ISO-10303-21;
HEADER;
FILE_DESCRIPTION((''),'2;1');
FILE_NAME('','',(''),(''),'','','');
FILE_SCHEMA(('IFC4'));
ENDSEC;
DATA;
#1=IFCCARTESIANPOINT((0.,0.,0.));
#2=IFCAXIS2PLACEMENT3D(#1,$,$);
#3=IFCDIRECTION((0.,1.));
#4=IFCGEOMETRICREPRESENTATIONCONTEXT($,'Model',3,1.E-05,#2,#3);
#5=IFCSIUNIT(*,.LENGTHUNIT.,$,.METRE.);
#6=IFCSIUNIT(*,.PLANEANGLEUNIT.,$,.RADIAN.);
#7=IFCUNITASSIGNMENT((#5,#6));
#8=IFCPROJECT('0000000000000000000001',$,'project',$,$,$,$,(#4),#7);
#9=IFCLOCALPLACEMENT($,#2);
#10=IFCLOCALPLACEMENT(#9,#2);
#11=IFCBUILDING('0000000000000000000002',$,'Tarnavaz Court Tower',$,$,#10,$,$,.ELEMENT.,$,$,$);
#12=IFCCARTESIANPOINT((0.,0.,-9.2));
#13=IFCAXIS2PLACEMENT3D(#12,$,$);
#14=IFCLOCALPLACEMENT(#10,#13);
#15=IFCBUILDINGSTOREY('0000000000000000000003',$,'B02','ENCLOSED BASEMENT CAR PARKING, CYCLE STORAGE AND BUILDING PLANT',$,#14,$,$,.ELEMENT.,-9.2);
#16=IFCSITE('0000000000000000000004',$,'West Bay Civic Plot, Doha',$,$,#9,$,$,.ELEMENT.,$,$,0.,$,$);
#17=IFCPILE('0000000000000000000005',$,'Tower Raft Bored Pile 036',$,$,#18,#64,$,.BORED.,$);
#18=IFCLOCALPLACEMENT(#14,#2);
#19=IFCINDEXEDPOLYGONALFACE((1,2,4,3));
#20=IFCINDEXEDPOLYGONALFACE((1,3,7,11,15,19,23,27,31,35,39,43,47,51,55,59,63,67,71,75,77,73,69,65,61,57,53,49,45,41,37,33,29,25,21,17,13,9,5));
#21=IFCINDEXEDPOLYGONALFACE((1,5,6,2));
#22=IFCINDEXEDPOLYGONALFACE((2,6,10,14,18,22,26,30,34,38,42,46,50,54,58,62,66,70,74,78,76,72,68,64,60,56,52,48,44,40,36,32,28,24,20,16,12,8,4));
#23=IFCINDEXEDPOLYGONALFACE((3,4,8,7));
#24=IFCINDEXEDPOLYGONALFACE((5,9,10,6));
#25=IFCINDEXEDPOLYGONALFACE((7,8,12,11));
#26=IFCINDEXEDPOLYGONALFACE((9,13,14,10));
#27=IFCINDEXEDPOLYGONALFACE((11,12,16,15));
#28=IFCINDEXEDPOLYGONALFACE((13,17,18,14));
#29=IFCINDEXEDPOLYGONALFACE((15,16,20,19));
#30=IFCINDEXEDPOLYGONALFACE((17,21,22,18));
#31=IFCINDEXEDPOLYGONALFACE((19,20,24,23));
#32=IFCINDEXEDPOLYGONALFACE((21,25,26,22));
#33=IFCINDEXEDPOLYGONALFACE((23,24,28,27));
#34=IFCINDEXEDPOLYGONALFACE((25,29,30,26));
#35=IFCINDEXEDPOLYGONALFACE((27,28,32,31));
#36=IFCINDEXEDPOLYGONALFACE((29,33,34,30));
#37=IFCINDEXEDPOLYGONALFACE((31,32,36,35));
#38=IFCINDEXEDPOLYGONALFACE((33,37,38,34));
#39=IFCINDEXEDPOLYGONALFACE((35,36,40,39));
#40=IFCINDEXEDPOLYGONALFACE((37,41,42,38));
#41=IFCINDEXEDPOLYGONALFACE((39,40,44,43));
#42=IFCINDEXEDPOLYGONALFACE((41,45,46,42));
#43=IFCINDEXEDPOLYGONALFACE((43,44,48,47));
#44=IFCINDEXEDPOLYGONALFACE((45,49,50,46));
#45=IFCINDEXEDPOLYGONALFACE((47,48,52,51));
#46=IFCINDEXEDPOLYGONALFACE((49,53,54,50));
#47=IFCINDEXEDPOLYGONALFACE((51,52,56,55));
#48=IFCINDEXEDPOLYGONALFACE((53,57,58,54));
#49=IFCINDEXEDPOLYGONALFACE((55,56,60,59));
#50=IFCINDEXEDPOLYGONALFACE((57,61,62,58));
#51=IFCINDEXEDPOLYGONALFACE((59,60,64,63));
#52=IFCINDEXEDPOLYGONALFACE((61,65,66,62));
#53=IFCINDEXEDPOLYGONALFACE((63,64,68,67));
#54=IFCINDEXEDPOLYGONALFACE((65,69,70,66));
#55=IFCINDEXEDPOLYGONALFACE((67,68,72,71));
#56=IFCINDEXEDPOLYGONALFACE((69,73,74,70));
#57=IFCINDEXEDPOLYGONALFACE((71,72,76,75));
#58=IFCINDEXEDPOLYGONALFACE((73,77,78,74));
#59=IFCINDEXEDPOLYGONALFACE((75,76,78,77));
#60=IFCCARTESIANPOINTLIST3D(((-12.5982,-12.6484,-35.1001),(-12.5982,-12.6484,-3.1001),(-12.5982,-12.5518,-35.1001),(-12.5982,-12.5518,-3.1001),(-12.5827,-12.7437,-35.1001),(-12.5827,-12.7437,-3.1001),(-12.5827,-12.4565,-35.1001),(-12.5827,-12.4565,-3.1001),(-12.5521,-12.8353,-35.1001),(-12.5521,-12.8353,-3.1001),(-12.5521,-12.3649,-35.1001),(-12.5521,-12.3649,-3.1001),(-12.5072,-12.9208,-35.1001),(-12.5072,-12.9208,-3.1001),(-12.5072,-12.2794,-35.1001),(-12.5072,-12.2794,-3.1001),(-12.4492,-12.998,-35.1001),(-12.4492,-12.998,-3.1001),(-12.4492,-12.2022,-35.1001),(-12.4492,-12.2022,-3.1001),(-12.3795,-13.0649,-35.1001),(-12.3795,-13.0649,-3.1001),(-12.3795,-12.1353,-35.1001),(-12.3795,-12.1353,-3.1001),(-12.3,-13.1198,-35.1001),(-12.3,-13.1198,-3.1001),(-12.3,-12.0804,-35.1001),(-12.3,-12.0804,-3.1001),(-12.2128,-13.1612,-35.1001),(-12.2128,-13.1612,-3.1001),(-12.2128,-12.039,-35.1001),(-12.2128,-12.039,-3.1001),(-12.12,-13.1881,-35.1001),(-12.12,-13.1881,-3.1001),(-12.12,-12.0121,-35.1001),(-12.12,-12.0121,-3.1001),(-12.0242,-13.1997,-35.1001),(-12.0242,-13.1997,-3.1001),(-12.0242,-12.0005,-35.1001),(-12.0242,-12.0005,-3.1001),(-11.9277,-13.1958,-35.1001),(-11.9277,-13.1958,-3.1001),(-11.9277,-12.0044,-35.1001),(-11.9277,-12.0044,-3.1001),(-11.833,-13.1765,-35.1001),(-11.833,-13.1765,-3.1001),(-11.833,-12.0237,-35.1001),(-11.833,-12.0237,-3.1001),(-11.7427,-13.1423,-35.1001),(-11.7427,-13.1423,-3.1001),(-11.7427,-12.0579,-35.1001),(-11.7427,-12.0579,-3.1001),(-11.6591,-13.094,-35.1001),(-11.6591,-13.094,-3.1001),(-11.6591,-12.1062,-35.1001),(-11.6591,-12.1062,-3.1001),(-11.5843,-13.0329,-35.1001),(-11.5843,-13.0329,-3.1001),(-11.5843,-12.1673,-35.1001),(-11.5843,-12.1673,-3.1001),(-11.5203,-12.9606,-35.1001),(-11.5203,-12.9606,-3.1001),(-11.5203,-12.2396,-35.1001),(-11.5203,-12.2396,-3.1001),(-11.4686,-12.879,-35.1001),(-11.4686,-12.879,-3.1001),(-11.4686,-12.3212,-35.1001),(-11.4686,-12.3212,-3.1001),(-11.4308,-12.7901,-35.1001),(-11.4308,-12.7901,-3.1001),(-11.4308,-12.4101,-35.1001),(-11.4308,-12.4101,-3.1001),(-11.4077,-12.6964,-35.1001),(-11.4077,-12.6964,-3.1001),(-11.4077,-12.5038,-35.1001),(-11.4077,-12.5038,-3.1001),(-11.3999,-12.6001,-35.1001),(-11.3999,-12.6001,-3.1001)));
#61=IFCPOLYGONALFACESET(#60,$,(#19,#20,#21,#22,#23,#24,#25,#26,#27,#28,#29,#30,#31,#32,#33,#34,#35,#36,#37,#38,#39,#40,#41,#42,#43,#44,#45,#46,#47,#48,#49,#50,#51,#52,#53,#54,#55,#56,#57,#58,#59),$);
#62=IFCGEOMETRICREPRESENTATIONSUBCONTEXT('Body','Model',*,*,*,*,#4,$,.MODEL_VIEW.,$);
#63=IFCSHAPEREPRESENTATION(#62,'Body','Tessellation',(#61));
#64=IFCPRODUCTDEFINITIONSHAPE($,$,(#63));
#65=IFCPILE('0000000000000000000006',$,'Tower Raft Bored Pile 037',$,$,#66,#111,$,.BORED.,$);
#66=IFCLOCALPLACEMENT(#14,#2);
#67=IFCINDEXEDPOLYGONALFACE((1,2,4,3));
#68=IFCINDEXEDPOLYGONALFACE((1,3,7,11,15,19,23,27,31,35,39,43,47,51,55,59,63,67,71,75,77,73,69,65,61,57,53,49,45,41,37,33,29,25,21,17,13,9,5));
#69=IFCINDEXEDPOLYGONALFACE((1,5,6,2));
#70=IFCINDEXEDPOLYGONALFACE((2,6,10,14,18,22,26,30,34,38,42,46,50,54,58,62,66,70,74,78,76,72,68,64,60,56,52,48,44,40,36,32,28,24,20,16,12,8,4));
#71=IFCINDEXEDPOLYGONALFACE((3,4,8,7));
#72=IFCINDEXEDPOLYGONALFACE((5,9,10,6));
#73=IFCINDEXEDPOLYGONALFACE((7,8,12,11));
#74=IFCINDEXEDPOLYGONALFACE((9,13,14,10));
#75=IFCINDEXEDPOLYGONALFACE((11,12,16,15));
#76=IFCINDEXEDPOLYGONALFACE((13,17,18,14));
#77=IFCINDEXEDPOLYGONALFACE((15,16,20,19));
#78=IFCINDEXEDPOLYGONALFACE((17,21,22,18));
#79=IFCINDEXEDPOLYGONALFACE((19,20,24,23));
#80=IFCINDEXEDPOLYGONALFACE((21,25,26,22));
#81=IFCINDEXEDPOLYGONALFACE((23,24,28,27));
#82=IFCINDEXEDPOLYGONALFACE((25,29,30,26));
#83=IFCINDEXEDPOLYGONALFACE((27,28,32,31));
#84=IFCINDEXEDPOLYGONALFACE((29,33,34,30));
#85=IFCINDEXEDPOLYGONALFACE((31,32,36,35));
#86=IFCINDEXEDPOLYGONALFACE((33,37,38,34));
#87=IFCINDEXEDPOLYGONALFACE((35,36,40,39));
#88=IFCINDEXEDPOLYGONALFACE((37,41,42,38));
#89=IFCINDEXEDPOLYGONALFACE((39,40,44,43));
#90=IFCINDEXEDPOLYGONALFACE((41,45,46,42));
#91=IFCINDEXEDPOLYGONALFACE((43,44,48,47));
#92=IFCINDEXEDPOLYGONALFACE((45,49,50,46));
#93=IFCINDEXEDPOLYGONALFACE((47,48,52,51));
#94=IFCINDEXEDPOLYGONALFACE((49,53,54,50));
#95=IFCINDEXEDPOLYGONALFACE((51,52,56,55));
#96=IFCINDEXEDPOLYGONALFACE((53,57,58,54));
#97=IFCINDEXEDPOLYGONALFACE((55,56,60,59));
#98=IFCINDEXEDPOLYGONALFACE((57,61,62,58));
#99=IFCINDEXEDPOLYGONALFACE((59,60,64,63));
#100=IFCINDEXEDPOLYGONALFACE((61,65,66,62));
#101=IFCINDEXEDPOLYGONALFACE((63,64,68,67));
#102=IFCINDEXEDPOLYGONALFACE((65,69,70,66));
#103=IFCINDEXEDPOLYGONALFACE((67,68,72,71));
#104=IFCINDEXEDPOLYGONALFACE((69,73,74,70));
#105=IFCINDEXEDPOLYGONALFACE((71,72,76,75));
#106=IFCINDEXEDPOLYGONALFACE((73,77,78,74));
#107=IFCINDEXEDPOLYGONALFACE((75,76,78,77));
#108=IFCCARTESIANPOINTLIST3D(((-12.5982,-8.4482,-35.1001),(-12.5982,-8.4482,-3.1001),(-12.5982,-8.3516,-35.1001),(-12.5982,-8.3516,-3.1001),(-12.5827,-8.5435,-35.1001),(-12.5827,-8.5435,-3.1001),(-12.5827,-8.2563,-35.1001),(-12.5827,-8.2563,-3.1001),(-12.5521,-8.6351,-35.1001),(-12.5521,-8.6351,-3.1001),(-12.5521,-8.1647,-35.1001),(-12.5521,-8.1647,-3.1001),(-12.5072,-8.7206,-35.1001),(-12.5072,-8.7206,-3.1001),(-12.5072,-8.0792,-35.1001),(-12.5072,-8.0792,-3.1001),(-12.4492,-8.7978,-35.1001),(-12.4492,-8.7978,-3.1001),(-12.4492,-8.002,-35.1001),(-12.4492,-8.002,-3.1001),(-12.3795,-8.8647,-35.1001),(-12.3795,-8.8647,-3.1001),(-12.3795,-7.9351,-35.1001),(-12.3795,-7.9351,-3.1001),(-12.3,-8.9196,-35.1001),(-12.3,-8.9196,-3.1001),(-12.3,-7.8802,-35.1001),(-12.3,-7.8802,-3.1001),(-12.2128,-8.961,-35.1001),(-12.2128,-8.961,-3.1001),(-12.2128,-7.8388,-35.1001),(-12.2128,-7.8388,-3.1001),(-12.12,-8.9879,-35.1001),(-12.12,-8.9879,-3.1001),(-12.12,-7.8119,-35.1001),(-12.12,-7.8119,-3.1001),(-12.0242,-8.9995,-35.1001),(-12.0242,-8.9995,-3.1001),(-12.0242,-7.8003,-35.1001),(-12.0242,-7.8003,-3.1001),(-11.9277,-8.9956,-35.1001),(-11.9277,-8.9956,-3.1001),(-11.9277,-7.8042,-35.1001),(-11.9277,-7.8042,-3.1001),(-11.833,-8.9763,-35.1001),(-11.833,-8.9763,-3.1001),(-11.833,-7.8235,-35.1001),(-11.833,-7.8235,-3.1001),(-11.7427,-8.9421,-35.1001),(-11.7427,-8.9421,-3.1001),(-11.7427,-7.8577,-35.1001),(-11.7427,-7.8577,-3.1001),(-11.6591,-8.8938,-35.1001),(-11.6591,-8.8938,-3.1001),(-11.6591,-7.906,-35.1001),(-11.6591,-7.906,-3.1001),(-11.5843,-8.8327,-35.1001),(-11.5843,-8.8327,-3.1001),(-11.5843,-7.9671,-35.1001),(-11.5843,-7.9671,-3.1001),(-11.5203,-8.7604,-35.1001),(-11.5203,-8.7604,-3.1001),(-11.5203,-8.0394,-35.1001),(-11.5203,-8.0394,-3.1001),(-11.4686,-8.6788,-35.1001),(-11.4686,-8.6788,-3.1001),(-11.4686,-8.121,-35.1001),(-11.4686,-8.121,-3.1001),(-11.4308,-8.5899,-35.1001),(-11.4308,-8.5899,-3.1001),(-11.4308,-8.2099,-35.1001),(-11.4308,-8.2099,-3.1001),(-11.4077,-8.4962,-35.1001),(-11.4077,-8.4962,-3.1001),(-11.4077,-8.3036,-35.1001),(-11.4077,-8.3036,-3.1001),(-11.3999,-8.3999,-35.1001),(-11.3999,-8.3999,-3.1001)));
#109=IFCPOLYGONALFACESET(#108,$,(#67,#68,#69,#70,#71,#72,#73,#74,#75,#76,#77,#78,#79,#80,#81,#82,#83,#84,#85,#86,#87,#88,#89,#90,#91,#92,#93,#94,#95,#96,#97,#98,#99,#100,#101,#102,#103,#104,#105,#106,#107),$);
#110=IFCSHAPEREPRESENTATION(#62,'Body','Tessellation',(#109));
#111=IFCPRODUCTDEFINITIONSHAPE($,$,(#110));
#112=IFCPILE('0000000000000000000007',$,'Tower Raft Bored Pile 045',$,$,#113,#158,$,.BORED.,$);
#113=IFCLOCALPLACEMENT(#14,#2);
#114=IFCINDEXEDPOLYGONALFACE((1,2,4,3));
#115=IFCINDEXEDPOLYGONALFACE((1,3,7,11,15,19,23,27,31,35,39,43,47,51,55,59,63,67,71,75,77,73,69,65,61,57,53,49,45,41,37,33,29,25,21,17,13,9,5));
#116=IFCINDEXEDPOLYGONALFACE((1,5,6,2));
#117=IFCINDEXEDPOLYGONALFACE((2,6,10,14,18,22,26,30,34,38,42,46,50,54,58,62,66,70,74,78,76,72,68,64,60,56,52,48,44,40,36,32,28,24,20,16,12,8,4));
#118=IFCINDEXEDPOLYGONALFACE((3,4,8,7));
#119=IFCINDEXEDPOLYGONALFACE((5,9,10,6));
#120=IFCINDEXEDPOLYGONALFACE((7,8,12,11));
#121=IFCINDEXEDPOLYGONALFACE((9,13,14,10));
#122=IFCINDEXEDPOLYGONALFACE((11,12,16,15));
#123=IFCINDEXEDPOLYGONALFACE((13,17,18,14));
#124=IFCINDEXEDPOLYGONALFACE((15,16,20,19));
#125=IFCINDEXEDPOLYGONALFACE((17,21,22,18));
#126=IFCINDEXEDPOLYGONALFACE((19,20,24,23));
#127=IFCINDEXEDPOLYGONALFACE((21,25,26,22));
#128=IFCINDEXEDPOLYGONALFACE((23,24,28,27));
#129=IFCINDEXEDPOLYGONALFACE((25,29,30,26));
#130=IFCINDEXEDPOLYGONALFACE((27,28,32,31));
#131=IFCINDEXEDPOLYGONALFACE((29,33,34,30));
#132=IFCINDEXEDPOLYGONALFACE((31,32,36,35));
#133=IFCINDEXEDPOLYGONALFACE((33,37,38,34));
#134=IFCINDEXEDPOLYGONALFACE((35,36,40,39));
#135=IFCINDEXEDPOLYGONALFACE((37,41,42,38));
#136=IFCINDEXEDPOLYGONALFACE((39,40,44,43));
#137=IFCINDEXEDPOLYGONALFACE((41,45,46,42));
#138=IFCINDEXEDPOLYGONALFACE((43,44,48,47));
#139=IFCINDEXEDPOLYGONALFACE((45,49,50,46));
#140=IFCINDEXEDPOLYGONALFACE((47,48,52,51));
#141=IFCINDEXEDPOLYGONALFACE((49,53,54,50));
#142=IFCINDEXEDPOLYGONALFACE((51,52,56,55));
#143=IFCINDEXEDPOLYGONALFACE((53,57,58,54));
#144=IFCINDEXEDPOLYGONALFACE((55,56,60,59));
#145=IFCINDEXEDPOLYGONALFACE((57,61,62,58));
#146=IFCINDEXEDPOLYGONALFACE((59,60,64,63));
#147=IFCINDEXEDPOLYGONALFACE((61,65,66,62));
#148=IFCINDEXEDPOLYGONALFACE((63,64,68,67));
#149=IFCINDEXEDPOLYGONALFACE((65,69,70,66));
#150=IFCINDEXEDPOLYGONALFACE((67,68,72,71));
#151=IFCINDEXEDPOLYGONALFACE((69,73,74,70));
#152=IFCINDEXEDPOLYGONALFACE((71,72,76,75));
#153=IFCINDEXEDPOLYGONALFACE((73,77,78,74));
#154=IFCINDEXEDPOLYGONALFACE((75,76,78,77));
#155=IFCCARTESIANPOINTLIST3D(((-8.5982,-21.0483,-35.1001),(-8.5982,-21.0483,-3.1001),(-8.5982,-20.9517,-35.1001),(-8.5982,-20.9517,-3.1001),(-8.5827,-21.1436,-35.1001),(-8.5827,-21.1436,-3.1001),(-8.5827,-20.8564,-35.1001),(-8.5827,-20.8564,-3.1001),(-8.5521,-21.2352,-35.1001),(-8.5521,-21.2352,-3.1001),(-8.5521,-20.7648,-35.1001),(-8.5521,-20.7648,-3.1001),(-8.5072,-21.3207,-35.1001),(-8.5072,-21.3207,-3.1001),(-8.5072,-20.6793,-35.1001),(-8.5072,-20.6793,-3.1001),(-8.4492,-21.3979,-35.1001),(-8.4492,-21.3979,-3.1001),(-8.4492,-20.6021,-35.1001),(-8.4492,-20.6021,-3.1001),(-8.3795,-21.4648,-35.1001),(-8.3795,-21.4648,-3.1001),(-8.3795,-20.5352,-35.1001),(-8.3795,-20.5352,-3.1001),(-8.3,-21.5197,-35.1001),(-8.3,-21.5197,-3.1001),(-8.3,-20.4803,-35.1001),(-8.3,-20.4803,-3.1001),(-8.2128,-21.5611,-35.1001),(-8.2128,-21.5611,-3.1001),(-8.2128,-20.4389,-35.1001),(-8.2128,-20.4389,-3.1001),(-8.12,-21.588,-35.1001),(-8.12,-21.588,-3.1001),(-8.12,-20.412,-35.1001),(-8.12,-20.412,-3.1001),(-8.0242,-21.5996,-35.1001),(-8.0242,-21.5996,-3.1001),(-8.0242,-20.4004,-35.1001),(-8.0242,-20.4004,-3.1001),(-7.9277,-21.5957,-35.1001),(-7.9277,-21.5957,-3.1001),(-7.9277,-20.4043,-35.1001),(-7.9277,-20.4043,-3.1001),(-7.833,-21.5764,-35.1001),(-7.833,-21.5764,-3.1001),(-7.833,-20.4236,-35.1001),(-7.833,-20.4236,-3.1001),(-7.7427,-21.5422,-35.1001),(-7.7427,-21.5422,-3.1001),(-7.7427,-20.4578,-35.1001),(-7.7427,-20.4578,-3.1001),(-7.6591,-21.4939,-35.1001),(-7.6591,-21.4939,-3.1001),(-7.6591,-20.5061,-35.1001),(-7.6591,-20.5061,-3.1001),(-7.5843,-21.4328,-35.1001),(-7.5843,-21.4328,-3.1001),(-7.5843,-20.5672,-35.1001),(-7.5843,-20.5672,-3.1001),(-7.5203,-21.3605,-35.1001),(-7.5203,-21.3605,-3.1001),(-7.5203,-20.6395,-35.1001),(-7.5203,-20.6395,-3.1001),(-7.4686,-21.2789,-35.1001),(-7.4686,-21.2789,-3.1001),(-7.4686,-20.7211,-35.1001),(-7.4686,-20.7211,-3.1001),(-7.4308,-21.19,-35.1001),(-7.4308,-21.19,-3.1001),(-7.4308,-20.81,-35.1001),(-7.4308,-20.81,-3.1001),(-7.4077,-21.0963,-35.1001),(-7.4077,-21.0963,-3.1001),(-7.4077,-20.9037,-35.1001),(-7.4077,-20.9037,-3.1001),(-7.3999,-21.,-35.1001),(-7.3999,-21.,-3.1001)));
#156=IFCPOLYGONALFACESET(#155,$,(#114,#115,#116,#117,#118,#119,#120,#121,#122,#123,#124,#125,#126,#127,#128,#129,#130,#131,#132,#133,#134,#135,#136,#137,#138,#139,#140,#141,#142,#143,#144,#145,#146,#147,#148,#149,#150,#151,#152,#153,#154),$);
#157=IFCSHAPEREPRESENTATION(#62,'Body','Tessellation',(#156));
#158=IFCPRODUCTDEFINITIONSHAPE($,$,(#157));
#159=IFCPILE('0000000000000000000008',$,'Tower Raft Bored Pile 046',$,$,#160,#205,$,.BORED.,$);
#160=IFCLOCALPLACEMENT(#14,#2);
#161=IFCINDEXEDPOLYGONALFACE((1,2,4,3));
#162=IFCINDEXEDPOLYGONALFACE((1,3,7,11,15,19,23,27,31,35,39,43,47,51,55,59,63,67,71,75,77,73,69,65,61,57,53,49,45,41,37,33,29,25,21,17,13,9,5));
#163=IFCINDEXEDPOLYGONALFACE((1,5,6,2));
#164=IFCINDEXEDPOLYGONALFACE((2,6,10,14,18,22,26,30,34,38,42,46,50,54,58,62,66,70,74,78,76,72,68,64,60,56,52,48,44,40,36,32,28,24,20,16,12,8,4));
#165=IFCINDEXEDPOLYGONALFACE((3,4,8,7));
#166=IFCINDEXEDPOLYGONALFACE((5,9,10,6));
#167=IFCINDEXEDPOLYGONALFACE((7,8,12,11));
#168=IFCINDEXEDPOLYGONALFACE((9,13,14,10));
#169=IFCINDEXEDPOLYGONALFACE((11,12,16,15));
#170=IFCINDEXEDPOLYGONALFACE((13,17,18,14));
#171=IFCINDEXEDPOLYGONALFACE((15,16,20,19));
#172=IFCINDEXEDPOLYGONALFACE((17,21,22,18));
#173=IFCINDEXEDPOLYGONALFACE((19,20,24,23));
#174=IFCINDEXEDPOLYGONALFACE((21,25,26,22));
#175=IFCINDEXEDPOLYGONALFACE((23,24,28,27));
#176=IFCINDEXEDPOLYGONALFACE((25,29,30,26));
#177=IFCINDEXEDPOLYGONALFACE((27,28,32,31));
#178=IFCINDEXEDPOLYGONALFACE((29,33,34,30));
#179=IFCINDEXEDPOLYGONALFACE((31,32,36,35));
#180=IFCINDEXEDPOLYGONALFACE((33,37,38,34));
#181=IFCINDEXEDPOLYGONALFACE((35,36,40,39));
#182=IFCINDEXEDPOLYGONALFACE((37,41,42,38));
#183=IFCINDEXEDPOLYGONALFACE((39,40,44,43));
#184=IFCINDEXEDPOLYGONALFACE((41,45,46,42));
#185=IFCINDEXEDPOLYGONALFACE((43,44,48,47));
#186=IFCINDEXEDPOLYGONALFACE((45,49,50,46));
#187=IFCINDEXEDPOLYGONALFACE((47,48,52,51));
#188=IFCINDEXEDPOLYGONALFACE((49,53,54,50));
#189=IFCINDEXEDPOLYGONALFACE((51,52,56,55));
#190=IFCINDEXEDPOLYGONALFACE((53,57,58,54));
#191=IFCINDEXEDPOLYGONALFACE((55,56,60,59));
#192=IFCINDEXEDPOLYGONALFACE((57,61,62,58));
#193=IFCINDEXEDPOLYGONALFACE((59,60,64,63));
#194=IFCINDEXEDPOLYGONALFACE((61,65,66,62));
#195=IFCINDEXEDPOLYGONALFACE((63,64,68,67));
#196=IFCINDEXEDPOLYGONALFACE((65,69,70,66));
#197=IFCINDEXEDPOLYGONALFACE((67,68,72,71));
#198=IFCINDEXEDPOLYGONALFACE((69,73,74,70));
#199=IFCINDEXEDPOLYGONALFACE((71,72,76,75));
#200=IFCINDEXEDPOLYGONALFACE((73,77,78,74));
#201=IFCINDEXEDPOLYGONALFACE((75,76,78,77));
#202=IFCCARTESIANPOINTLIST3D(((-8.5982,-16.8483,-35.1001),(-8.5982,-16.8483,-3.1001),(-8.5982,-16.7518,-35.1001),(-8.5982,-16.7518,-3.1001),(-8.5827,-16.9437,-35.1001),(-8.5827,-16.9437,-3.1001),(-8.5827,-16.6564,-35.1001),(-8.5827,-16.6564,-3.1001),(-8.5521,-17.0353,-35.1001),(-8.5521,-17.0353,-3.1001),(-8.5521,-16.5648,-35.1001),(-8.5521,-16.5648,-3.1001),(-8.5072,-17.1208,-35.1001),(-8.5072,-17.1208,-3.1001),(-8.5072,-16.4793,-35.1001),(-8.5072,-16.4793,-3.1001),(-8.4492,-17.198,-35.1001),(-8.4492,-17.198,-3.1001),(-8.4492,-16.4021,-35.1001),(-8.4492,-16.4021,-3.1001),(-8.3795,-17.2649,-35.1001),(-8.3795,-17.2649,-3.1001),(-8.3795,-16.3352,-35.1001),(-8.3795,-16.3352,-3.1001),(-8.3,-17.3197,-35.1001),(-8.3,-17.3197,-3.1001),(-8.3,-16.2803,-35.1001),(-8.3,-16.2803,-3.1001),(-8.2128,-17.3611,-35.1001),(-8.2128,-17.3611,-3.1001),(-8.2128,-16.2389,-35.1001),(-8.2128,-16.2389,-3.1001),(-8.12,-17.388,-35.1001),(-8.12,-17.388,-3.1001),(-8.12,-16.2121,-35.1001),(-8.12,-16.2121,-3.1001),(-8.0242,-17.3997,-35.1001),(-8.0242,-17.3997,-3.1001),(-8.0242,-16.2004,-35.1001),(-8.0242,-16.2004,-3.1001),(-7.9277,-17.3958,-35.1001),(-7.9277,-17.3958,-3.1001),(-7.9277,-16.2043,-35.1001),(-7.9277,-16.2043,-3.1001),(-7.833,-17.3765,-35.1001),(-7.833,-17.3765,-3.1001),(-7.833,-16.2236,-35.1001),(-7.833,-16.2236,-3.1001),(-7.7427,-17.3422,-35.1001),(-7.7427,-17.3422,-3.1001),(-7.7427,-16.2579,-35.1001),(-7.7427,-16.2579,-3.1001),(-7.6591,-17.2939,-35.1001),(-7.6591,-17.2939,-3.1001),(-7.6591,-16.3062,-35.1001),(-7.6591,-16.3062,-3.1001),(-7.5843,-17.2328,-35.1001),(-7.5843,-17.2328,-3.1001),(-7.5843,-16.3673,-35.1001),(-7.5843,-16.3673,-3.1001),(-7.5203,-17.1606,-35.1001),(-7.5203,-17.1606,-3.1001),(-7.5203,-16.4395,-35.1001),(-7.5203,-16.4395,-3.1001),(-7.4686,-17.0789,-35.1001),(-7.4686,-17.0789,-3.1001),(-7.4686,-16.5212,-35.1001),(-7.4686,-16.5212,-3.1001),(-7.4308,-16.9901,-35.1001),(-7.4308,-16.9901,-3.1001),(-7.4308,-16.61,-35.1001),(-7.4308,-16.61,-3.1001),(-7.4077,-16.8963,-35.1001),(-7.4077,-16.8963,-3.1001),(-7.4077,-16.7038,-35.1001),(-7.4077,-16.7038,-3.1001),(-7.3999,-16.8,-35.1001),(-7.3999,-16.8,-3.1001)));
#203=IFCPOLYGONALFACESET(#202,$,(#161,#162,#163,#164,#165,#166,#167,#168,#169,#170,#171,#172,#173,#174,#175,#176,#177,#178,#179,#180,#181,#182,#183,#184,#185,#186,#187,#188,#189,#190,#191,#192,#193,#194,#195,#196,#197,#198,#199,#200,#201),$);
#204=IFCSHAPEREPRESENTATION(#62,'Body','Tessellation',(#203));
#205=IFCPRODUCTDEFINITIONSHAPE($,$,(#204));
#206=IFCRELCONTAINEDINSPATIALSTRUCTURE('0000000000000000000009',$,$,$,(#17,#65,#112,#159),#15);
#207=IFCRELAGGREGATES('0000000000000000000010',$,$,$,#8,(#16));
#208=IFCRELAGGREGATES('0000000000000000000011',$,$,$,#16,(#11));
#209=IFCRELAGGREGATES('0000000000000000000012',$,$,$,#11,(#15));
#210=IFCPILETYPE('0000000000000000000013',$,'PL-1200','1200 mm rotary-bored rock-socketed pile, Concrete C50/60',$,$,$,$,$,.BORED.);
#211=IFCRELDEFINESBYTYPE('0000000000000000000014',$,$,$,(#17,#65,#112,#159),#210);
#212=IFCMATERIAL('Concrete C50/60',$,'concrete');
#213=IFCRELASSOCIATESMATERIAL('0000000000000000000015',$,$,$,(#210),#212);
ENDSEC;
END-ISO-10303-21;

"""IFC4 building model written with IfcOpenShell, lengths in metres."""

from ifc_helpers import new_model, si_unit, direction, frame, origin, origin_2d, place, context, subcontext, project, spatial, circle, extrude, material, material_profile, profile_set, type_object, element, save


model = new_model("IFC4")

# Units and contexts
model_context = context("Model", 3, precision=1e-05, world=origin(), true_north=direction((0.0, 1.0)))
body_context = subcontext(model_context, "Body", "Model", "MODEL_VIEW")
ifc_project = project(units=[si_unit("LENGTHUNIT", "METRE"), si_unit("PLANEANGLEUNIT", "RADIAN")], contexts=[model_context])

# Site, building, storey
site_placement = place(None, origin())
site = spatial("IfcSite", under=ifc_project, at=site_placement, Name="West Bay Civic Plot, Doha", CompositionType="ELEMENT", RefElevation=0.0)
building_placement = place(site_placement, origin())
building = spatial("IfcBuilding", under=site, at=building_placement, Name="Tarnavaz Court Tower", CompositionType="ELEMENT")
storey_placement = place(building_placement, frame((0.0, 0.0, -9.2)))
storey = spatial("IfcBuildingStorey", under=building, at=storey_placement, Name="B02", Description="ENCLOSED BASEMENT CAR PARKING, CYCLE STORAGE AND BUILDING PLANT", CompositionType="ELEMENT", Elevation=-9.2)

# Shared definitions
ifc_material_1 = material(Name="Concrete C50/60", Category="concrete")

# Piles
ifc_material_profile_1 = material_profile(ifc_material_1, circle(Radius=0.6001, at=origin_2d()), Name="PILE D1200")
ifc_profile_set_1 = profile_set([ifc_material_profile_1], Name="Concrete C50/60")
pile_type_1 = type_object("IfcPileType", Name="PL-1200", Description="1200 mm rotary-bored rock-socketed pile, Concrete C50/60", PredefinedType="BORED", material=ifc_profile_set_1)
for number, where, z_axis, x_axis, name in (
    (1, (-12.0, -12.6001, -3.1001), (0.0, 0.0, -1.0), (1.0, 0.0, 0.0), "Tower Raft Bored Pile 036"),
    (2, (-12.0, -8.3999, -3.1001), (0.0, 0.0, -1.0), (1.0, 0.0, 0.0), "Tower Raft Bored Pile 037"),
    (3, (-8.0, -21.0, -3.1001), (0.0, 0.0, -1.0), (1.0, 0.0, 0.0), "Tower Raft Bored Pile 045"),
    (4, (-8.0, -16.8, -3.1001), (0.0, 0.0, -1.0), (1.0, 0.0, 0.0), "Tower Raft Bored Pile 046"),
):
    element("IfcPile", number, at=place(storey_placement, frame(where, z_axis=z_axis, x_axis=x_axis)), inside=storey, type_object=pile_type_1, Name=name, PredefinedType="BORED", context=body_context, shape_type="SweptSolid", body=[
        extrude(circle(Radius=0.6001, at=origin_2d()), origin(), (0.0, 0.0, 1.0), 32.0),
    ])

save(model, "model.ifc")
